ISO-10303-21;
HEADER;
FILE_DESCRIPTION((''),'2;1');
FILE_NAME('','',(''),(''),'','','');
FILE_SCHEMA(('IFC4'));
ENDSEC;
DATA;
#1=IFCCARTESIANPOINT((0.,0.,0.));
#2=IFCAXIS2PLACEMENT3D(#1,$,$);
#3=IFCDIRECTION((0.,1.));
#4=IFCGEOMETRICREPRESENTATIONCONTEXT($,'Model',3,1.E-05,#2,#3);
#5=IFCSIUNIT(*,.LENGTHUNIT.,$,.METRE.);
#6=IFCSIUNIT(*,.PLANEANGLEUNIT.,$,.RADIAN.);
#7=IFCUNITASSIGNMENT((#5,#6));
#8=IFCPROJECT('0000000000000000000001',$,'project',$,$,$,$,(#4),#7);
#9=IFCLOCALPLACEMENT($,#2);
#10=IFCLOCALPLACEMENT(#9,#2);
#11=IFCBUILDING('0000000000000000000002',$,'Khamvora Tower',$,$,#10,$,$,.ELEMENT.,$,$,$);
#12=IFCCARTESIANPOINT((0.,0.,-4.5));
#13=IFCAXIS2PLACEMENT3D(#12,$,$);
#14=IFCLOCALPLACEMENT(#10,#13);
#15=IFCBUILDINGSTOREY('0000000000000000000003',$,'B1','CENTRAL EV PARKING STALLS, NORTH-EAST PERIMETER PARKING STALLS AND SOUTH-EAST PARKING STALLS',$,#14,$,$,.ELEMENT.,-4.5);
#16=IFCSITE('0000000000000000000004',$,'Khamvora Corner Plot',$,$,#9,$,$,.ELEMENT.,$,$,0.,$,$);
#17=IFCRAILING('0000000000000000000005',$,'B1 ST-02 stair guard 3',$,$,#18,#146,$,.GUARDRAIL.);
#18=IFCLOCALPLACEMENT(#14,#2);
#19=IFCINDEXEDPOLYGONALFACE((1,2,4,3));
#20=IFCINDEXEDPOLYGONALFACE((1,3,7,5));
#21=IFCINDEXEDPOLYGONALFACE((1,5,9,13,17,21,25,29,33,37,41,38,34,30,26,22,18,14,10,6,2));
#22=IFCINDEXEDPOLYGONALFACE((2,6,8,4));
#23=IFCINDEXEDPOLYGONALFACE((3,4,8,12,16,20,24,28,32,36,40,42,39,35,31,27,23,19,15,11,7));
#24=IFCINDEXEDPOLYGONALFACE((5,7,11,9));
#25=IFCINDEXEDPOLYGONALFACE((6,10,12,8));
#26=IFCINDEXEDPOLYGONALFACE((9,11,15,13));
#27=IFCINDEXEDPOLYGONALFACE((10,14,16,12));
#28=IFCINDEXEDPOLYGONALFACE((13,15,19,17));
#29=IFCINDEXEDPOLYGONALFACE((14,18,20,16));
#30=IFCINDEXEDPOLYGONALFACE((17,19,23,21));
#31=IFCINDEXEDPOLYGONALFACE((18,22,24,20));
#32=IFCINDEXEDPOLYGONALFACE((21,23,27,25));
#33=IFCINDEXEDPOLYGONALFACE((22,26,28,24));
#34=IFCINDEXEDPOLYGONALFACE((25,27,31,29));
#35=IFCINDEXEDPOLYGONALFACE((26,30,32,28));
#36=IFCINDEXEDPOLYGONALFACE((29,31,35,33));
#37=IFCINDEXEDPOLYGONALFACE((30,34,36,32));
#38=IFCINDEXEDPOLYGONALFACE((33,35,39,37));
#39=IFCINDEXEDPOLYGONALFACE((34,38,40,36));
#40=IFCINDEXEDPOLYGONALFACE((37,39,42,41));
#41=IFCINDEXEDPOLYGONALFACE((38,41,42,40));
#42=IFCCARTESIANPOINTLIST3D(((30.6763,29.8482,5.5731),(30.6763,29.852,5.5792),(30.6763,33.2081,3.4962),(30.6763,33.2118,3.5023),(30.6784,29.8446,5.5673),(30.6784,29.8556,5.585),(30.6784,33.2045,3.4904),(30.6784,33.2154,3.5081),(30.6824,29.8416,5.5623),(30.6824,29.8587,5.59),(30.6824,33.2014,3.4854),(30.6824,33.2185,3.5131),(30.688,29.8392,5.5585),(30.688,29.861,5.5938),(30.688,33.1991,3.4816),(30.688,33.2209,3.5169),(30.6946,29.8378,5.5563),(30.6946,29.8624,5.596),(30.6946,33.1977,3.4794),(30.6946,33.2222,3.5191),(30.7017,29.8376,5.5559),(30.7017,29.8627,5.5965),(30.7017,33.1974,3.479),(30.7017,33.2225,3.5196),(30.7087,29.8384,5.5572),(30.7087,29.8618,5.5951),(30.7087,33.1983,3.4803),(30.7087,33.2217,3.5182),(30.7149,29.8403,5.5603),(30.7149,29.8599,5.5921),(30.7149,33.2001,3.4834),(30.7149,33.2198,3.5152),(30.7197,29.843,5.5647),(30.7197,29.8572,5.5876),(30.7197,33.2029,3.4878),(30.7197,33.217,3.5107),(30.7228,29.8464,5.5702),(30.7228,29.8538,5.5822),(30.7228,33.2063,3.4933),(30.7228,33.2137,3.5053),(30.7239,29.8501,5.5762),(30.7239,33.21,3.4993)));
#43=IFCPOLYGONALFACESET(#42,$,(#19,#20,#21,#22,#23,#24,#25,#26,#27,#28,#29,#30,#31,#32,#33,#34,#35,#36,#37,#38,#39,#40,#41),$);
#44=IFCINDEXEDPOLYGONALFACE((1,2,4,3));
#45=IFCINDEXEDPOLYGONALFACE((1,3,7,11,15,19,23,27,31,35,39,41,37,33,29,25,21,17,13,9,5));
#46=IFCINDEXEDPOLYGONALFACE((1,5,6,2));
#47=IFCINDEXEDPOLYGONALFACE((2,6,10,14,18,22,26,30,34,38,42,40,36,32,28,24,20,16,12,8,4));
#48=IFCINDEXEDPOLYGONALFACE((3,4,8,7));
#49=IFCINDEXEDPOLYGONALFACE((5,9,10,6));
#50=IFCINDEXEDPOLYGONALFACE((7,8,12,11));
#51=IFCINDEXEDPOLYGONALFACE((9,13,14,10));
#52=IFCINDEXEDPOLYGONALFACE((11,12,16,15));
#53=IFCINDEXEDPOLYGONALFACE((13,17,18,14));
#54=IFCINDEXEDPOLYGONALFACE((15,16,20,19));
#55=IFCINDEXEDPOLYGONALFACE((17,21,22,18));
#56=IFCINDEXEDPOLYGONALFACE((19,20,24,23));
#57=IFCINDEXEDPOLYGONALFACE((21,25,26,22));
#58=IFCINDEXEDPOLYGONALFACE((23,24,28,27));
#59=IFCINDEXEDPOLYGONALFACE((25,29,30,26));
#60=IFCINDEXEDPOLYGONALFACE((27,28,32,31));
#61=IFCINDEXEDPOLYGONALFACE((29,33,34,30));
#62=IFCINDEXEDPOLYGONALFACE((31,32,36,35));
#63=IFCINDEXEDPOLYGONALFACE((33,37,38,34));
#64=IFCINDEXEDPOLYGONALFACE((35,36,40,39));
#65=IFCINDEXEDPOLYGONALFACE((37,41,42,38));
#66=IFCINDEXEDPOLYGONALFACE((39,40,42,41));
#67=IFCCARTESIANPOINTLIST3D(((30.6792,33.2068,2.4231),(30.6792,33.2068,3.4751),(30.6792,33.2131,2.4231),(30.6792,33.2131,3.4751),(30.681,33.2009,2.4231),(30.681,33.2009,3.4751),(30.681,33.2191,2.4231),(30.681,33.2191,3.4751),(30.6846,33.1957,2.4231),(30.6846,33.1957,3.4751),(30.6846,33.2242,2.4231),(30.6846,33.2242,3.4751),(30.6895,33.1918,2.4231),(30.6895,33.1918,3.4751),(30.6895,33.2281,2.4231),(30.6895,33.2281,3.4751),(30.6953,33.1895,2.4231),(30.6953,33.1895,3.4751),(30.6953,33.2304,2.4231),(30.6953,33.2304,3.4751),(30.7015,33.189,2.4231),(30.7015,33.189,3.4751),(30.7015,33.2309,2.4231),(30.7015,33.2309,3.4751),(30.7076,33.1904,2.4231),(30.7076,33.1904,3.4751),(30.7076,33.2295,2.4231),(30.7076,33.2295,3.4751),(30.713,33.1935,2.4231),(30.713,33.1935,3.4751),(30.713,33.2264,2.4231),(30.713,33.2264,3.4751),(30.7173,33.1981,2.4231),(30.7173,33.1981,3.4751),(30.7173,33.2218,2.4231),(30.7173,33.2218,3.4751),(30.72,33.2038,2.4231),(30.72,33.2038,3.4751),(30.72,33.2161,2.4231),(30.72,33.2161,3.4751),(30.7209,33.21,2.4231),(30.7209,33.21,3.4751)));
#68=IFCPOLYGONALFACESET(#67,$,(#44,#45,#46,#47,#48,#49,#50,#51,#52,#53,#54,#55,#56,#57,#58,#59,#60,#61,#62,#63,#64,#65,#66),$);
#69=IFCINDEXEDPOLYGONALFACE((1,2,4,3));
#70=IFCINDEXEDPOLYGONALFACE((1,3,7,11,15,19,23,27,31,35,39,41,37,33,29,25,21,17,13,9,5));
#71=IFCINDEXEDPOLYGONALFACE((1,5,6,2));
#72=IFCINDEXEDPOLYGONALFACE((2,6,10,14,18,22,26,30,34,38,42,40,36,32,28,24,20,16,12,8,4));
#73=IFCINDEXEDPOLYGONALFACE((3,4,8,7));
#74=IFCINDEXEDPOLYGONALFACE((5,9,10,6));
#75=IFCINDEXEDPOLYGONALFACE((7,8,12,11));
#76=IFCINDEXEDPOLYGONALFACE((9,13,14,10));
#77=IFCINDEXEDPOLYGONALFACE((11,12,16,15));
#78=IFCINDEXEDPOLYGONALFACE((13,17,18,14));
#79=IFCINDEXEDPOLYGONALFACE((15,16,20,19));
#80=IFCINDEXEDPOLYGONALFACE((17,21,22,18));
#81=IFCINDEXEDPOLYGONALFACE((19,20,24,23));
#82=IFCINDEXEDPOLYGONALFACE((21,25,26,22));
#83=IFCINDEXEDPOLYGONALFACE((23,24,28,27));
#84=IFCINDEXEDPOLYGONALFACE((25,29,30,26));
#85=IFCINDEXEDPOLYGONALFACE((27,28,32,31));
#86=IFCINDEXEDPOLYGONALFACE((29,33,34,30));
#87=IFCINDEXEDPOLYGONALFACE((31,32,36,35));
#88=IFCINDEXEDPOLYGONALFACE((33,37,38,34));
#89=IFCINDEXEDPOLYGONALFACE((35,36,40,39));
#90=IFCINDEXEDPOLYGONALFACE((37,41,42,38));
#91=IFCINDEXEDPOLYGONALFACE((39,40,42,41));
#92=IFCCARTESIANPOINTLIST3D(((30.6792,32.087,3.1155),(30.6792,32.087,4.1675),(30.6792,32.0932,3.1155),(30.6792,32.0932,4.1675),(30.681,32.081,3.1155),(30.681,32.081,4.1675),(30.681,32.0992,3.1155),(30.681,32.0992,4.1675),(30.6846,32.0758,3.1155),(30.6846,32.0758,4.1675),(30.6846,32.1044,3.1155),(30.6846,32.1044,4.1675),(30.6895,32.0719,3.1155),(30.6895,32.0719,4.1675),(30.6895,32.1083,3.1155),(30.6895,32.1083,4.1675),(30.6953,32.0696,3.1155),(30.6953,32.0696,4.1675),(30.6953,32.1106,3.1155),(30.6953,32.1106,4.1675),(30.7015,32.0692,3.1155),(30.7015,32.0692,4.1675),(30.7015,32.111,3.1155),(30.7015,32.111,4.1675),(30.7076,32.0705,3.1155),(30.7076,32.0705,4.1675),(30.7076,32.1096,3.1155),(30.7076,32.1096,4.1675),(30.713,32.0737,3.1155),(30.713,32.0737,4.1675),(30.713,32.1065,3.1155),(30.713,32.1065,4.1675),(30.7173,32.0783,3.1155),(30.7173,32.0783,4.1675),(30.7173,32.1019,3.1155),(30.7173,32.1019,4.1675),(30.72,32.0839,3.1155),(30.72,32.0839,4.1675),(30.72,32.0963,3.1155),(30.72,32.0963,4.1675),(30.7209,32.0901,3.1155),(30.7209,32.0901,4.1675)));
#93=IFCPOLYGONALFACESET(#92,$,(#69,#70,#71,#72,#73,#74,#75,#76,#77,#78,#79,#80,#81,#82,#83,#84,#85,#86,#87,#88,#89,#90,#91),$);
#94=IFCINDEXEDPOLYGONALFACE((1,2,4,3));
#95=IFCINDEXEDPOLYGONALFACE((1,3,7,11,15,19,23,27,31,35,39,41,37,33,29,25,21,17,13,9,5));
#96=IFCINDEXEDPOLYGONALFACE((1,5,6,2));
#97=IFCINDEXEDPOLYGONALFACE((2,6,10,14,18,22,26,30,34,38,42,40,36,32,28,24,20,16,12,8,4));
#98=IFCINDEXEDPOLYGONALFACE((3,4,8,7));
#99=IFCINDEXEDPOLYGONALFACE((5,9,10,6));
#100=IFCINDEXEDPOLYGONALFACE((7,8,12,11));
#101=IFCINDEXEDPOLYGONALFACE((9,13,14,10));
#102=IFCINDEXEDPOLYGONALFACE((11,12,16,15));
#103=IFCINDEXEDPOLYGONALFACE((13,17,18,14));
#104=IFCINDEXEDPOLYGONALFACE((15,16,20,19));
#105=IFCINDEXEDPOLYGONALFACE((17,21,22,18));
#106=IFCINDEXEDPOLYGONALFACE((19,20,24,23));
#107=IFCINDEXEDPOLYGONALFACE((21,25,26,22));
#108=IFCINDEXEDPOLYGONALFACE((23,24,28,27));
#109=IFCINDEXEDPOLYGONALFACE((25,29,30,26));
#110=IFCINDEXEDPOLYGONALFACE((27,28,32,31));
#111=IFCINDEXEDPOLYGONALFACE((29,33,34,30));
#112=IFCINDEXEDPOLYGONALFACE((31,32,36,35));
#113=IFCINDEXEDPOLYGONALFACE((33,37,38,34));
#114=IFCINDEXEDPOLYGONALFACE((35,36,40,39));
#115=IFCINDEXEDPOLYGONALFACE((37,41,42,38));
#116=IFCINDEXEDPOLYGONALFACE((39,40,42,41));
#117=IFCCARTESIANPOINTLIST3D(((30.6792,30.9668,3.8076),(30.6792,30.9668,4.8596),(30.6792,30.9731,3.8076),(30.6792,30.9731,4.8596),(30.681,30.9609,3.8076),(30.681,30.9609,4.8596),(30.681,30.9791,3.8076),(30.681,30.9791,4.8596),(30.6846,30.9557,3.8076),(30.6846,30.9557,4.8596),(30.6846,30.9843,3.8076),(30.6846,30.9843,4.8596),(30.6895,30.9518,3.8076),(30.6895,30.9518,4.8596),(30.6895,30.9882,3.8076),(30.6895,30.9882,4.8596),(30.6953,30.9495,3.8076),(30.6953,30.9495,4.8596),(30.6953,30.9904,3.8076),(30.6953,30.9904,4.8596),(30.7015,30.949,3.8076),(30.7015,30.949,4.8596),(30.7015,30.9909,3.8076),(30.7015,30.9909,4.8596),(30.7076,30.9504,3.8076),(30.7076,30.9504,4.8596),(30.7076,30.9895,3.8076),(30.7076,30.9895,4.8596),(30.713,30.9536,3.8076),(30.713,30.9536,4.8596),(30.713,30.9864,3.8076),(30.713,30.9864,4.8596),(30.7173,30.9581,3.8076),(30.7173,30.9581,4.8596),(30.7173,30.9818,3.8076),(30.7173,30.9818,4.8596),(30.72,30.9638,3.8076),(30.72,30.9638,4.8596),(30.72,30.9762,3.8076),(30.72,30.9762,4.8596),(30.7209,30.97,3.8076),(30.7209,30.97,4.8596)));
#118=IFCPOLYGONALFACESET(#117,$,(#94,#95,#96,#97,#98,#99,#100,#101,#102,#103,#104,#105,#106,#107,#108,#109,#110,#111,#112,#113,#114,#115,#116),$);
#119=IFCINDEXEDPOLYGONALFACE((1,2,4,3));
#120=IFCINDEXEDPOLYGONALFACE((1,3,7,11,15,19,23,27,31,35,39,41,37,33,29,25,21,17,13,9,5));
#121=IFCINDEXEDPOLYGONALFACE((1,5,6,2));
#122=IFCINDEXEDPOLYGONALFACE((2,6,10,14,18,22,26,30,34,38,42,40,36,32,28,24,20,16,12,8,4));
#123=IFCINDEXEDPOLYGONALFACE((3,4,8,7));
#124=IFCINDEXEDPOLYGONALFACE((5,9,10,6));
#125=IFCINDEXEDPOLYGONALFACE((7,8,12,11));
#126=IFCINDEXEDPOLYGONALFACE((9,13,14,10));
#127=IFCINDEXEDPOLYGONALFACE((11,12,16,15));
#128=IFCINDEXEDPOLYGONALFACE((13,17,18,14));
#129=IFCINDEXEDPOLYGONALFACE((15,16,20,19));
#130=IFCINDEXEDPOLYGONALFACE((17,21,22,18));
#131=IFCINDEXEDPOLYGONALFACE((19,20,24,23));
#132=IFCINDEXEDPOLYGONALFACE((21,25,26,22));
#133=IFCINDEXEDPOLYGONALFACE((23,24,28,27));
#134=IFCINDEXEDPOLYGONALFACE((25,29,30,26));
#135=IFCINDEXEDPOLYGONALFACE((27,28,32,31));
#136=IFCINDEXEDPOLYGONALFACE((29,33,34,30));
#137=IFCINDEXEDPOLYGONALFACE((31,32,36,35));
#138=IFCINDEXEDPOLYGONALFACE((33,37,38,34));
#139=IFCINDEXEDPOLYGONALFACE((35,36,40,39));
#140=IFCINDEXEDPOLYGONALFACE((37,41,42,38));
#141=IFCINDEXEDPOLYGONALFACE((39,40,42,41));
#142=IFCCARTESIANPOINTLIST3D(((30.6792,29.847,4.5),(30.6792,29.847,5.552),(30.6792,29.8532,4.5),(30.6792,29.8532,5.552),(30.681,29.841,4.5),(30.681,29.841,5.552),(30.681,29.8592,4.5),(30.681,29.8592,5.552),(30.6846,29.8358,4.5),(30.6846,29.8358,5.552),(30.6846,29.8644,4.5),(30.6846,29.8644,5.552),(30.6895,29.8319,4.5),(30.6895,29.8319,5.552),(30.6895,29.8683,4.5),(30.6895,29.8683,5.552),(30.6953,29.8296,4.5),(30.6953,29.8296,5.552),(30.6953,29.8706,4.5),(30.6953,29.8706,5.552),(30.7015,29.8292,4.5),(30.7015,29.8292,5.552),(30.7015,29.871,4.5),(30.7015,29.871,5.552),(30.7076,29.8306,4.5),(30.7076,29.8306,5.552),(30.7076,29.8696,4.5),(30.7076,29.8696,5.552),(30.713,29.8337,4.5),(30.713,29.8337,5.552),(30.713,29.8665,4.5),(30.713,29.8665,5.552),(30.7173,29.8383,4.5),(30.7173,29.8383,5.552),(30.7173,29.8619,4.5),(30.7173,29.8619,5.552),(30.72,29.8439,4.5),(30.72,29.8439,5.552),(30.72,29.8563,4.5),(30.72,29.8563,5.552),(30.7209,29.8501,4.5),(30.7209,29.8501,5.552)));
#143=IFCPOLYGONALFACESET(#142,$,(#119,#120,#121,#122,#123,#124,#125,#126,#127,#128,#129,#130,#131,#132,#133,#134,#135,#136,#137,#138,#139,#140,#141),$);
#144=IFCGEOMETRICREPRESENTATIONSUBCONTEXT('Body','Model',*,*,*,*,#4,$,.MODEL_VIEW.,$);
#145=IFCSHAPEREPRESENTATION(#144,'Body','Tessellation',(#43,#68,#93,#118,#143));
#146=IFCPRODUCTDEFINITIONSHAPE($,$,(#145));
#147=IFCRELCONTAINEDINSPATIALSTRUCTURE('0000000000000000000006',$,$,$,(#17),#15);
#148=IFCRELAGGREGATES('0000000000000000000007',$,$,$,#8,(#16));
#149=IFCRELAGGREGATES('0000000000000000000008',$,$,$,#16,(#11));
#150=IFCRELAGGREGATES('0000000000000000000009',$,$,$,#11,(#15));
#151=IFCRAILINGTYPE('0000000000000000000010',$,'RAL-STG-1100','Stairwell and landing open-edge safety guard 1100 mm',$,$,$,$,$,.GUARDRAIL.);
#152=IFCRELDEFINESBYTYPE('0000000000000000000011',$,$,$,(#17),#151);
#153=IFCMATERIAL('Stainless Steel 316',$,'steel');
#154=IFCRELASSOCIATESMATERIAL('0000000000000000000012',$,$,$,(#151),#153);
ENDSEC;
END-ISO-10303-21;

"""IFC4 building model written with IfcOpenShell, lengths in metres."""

from ifc_helpers import new_model, si_unit, direction, frame, origin, origin_2d, place, context, subcontext, project, spatial, circle, extrude, material, type_object, element, save


model = new_model("IFC4")

# Units and contexts
model_context = context("Model", 3, precision=1e-05, world=origin(), true_north=direction((0.0, 1.0)))
body_context = subcontext(model_context, "Body", "Model", "MODEL_VIEW")
ifc_project = project(units=[si_unit("LENGTHUNIT", "METRE"), si_unit("PLANEANGLEUNIT", "RADIAN")], contexts=[model_context])

# Site, building, storey
site_placement = place(None, origin())
site = spatial("IfcSite", under=ifc_project, at=site_placement, Name="Khamvora Corner Plot", CompositionType="ELEMENT", RefElevation=0.0)
building_placement = place(site_placement, origin())
building = spatial("IfcBuilding", under=site, at=building_placement, Name="Khamvora Tower", CompositionType="ELEMENT")
storey_placement = place(building_placement, frame((0.0, 0.0, -4.5)))
storey = spatial("IfcBuildingStorey", under=building, at=storey_placement, Name="B1", Description="CENTRAL EV PARKING STALLS, NORTH-EAST PERIMETER PARKING STALLS AND SOUTH-EAST PARKING STALLS", CompositionType="ELEMENT", Elevation=-4.5)

# Railing
ifc_material_1 = material(Name="Stainless Steel 316", Category="steel")
railing_type_1 = type_object("IfcRailingType", Name="RAL-STG-1100", Description="Stairwell and landing open-edge safety guard 1100 mm", PredefinedType="GUARDRAIL", material=ifc_material_1)
railing_1_placement = place(storey_placement, frame((30.7, 33.21, 2.4231)))
element("IfcRailing", 1, at=railing_1_placement, inside=storey, type_object=railing_type_1, Name="B1 ST-02 stair guard 3", PredefinedType="GUARDRAIL", context=body_context, shape_type="SweptSolid", body=[
    extrude(circle(Radius=0.0239, at=origin_2d()), frame((0.0, 0.0, 1.0762), z_axis=(0.0, -0.850606, 0.525803), x_axis=(1.0, 0.0, 0.0)), (0.0, 0.0, 1.0), 3.95),
    extrude(circle(Radius=0.021, at=origin_2d()), origin(), (0.0, 0.0, 1.0), 1.052),
    extrude(circle(Radius=0.021, at=origin_2d()), frame((0.0, -1.1199, 0.6924)), (0.0, 0.0, 1.0), 1.052),
    extrude(circle(Radius=0.021, at=origin_2d()), frame((0.0, -2.24, 1.3845)), (0.0, 0.0, 1.0), 1.052),
    extrude(circle(Radius=0.021, at=origin_2d()), frame((0.0, -3.3599, 2.0769)), (0.0, 0.0, 1.0), 1.052),
])

save(model, "model.ifc")
